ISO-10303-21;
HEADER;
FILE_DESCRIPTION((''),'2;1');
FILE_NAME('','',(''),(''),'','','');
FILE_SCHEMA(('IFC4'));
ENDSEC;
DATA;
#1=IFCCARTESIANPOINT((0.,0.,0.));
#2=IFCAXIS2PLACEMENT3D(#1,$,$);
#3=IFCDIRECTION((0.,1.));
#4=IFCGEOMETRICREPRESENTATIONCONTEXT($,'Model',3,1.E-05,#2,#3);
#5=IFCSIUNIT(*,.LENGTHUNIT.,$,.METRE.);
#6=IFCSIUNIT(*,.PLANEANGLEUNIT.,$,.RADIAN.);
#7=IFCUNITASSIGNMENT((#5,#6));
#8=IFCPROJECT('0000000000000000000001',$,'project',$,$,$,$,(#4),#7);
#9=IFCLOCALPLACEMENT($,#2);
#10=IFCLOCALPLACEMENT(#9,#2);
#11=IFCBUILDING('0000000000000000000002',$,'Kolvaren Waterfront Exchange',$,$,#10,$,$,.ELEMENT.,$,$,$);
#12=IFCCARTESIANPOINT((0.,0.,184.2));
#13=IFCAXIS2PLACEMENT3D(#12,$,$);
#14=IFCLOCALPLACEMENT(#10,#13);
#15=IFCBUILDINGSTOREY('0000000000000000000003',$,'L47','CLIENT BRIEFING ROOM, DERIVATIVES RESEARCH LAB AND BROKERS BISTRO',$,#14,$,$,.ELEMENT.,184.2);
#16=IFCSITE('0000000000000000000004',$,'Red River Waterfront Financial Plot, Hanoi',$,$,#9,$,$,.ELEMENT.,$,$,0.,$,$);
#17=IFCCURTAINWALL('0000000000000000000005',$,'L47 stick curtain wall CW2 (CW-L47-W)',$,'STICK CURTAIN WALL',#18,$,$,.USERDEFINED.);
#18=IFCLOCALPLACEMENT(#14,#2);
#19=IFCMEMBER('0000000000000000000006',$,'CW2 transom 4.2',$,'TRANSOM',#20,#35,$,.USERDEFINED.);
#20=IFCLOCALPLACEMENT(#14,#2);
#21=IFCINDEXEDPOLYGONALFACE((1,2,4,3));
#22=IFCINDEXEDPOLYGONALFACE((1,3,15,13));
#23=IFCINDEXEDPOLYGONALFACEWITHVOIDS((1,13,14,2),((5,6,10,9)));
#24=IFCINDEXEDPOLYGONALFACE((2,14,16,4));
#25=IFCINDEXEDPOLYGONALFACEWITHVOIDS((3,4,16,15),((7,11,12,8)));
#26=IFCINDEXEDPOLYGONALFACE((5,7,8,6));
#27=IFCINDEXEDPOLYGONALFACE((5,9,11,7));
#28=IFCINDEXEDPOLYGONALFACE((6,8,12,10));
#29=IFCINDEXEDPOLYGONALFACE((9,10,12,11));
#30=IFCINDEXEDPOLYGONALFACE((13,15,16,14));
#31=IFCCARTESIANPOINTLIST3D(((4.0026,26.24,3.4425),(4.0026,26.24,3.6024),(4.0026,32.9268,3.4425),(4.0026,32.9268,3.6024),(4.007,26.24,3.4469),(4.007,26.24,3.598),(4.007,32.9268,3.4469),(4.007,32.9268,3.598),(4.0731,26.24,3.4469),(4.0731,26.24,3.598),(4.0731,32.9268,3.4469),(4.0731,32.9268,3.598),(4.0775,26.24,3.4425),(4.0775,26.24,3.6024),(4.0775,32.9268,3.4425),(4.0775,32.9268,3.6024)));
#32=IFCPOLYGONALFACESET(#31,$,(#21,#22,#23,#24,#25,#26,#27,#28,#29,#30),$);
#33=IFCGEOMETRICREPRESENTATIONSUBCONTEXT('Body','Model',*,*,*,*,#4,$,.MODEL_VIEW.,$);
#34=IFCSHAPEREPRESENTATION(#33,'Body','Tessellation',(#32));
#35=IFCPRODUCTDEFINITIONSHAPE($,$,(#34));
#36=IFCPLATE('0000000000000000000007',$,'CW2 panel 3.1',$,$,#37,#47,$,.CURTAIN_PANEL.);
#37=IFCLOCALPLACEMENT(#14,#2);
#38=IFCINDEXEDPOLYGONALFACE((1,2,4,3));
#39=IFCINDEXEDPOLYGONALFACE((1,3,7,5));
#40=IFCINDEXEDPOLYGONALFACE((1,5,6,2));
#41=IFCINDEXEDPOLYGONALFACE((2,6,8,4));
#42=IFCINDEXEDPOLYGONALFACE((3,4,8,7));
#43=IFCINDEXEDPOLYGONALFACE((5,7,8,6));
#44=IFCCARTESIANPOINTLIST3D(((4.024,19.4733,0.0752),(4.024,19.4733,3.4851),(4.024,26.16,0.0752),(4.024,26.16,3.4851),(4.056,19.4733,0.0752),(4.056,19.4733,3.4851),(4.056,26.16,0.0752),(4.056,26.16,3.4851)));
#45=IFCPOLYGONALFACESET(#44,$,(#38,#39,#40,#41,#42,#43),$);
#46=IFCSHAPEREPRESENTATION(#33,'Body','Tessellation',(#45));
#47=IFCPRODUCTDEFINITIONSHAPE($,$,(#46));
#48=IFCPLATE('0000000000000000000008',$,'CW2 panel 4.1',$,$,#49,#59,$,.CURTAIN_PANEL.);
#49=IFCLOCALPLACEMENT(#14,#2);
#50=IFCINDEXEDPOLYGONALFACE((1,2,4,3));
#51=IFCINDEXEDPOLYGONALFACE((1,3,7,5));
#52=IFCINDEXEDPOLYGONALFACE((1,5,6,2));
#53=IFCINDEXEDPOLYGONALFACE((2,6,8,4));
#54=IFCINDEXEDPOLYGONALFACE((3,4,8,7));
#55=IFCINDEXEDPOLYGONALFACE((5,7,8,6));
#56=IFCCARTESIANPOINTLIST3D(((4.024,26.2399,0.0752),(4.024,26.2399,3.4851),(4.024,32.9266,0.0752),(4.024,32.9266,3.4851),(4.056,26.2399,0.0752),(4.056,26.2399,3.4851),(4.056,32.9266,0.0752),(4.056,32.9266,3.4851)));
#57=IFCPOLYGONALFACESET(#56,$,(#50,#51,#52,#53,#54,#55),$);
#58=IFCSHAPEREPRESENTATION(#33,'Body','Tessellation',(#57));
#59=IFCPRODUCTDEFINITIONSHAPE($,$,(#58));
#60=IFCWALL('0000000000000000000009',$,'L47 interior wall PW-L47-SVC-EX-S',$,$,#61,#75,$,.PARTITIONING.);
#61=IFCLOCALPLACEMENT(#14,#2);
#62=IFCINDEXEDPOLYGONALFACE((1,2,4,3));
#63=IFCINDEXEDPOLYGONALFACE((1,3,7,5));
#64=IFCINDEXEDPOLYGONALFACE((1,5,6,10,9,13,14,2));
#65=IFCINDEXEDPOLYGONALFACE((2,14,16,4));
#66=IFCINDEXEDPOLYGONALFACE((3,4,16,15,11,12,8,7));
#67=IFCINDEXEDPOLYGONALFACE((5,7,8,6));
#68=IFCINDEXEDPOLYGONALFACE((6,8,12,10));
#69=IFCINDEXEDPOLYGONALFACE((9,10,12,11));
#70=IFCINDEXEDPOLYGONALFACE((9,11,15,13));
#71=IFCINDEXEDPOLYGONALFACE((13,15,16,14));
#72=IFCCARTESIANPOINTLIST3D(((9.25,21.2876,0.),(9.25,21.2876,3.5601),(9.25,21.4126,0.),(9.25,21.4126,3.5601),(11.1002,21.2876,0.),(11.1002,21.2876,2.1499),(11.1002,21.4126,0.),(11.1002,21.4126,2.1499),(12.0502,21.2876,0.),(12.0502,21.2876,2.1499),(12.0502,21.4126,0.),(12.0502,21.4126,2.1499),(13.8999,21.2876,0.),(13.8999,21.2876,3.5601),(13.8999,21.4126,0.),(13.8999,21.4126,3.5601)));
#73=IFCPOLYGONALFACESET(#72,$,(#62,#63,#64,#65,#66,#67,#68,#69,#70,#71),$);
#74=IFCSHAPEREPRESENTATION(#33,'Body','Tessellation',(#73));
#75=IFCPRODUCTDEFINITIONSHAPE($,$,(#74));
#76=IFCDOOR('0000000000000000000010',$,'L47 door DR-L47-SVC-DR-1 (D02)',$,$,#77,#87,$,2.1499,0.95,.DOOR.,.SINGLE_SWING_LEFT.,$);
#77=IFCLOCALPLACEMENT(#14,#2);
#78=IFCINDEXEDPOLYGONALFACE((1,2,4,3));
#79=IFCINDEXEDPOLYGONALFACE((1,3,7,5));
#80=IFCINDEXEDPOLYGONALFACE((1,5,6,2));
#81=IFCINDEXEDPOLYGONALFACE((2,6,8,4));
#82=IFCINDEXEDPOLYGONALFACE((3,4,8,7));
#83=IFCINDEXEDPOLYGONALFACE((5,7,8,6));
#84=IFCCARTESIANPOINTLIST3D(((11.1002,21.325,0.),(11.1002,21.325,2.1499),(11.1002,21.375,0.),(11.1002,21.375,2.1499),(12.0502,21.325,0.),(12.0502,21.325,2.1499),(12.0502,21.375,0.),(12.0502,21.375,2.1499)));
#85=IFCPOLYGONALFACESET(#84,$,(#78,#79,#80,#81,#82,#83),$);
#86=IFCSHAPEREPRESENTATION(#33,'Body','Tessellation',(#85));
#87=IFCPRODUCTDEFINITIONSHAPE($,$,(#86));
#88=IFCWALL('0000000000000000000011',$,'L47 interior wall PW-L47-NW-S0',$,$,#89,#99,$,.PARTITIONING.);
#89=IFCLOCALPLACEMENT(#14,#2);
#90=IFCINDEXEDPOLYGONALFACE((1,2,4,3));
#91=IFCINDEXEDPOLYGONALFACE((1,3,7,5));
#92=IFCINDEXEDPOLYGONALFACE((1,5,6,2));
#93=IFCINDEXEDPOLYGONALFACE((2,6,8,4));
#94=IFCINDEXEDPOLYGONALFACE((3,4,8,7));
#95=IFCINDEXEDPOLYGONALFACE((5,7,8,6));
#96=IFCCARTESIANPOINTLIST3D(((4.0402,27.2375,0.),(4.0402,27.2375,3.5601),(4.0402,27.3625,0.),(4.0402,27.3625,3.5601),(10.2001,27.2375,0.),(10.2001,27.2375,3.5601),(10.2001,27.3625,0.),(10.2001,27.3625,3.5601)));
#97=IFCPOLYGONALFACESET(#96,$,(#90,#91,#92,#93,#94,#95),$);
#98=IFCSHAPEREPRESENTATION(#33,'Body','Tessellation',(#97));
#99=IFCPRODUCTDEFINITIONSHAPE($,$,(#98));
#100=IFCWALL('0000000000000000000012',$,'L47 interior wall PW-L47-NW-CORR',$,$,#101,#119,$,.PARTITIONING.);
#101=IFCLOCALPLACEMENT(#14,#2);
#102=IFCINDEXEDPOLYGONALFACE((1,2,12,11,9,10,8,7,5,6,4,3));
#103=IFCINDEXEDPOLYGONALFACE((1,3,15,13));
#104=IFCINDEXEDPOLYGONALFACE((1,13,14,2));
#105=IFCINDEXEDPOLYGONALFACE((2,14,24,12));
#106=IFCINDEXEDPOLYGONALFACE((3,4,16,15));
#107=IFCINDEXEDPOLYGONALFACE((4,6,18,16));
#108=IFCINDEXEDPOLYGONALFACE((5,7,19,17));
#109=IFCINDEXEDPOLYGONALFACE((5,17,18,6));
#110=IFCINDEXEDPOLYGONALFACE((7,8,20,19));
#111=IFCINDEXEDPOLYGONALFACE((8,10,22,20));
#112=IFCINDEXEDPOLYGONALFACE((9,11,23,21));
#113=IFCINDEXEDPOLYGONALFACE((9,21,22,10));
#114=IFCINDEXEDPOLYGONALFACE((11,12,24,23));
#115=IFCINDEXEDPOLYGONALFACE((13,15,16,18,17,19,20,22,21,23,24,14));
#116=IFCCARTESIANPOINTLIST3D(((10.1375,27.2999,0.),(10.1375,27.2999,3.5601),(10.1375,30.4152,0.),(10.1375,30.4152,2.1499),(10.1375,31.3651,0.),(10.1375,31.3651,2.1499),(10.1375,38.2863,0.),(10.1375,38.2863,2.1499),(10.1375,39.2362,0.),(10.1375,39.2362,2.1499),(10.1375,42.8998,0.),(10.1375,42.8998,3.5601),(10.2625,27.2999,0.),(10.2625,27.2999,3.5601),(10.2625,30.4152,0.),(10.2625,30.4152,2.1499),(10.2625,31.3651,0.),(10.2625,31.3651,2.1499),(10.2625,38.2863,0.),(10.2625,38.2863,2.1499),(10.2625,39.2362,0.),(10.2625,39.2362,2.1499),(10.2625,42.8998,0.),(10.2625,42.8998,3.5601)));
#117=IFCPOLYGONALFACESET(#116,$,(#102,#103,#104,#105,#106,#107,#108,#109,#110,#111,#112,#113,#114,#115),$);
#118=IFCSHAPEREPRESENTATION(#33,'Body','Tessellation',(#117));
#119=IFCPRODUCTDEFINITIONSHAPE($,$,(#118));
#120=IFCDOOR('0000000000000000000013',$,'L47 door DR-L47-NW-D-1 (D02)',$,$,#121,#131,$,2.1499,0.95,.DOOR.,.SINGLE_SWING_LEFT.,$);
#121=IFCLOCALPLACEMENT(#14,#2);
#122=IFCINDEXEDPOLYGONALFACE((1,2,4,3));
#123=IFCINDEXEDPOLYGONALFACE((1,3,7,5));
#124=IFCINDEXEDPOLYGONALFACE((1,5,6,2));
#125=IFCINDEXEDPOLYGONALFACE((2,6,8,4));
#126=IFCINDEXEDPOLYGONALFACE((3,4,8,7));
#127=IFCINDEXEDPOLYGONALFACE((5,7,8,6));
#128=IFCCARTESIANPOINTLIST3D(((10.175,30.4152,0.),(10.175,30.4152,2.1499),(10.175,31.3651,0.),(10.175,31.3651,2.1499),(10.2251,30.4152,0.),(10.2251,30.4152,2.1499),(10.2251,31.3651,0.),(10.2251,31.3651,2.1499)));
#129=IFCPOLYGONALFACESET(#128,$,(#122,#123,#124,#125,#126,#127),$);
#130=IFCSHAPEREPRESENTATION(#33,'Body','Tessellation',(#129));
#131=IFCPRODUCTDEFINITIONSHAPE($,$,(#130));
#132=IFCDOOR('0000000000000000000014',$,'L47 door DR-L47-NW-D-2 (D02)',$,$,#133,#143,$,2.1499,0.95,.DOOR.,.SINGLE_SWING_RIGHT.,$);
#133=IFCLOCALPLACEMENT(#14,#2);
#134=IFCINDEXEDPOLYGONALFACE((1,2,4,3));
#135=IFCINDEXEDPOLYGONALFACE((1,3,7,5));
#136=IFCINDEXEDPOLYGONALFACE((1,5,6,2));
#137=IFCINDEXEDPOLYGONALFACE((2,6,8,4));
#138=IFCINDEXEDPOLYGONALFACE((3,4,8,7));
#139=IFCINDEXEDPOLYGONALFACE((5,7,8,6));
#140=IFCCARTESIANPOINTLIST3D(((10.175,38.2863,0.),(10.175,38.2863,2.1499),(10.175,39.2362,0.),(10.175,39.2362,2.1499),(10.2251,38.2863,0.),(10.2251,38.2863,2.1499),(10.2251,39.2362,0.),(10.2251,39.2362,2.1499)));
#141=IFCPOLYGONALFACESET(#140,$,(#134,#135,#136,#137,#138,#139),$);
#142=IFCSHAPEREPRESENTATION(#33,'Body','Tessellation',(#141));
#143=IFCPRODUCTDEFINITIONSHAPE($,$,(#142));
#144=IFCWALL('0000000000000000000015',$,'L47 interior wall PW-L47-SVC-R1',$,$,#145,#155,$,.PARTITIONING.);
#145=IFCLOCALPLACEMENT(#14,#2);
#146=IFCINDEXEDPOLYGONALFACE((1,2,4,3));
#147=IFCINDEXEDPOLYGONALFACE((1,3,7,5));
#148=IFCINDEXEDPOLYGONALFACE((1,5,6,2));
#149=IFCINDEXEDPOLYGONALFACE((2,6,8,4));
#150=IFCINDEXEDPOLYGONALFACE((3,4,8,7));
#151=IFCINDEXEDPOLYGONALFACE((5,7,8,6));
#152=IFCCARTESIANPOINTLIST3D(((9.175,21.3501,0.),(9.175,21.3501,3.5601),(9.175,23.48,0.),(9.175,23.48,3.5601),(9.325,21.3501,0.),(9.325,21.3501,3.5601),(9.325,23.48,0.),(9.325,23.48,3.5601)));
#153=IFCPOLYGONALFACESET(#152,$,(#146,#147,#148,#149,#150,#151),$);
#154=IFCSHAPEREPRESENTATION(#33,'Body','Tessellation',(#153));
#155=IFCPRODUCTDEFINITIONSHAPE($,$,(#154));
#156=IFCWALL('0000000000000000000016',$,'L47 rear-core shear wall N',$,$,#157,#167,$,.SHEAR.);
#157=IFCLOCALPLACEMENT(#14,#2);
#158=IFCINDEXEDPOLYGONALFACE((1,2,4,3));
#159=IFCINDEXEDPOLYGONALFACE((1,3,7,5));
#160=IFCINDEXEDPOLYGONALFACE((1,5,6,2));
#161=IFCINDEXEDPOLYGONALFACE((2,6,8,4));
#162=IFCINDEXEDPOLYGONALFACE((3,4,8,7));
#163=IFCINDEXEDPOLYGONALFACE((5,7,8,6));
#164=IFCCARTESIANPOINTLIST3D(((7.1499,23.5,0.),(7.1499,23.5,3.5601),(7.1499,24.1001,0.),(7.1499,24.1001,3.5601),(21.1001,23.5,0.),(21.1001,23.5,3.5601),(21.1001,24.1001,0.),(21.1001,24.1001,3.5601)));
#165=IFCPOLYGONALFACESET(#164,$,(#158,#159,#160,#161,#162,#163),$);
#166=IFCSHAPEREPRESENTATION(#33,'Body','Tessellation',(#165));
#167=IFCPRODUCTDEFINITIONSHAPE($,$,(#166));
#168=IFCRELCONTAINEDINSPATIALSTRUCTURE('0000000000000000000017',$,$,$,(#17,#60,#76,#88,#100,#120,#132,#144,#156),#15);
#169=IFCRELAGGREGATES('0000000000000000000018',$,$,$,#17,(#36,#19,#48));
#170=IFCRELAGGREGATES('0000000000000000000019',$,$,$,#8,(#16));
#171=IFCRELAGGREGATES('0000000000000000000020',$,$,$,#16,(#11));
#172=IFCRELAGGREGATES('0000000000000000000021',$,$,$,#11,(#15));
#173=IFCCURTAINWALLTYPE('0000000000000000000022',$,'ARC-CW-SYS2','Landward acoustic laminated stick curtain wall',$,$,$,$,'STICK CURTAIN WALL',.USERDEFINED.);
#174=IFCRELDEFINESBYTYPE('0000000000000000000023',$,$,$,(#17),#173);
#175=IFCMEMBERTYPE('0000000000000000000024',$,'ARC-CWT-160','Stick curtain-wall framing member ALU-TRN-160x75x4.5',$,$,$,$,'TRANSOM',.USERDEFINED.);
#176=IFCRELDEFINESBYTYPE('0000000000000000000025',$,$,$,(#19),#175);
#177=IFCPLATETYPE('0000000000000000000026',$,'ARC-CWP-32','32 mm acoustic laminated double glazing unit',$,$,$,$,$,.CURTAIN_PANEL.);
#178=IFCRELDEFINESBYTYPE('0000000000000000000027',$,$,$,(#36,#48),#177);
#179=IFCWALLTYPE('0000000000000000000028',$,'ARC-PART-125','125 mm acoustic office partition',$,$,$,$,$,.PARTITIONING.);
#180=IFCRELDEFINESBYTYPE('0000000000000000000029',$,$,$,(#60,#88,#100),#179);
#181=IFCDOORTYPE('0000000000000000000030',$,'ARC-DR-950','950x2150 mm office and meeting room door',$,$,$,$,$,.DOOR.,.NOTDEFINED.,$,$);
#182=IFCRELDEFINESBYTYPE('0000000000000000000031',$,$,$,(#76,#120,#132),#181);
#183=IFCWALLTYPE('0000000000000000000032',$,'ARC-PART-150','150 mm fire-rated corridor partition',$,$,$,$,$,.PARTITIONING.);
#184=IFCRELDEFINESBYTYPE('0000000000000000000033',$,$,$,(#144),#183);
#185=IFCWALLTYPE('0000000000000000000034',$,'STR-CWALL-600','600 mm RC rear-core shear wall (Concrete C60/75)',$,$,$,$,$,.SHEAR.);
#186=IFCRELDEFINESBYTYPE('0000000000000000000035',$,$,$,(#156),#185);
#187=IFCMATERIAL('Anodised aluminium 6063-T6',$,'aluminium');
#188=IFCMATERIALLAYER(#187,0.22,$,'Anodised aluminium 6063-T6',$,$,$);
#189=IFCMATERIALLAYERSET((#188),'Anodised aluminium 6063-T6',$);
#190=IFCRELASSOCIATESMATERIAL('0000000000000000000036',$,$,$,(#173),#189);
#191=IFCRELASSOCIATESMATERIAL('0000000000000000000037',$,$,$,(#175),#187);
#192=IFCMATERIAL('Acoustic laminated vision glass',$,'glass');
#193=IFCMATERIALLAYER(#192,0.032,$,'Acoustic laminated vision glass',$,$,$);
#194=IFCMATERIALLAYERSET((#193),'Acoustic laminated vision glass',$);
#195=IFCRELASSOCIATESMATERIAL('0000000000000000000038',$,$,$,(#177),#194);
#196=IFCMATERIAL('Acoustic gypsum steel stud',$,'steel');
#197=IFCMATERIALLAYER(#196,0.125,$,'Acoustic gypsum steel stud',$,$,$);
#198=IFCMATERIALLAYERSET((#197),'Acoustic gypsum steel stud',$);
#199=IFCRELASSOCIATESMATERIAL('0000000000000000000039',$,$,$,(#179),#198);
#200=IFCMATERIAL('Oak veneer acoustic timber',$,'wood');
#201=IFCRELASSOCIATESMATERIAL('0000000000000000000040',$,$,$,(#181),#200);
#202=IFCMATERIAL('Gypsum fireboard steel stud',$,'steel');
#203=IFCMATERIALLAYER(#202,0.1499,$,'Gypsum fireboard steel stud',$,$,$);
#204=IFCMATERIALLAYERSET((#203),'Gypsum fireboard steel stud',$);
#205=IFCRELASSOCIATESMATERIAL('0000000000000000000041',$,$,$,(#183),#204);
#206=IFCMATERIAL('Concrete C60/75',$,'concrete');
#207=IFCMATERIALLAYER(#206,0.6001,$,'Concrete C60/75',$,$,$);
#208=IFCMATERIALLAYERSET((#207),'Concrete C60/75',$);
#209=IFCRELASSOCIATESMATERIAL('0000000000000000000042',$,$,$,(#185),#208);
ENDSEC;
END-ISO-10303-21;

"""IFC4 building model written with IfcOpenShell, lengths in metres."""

from ifc_helpers import new_model, si_unit, direction, frame, frame_2d, origin, origin_with_axes, origin_2d, place, context, subcontext, project, spatial, rectangle, hollow_rectangle, extrude, source, transform, mapped, material, layer, layer_set, material_profile, profile_set, type_object, element, fill, aggregate, save


model = new_model("IFC4")

# Units and contexts
model_context = context("Model", 3, precision=1e-05, world=origin(), true_north=direction((0.0, 1.0)))
body_context = subcontext(model_context, "Body", "Model", "MODEL_VIEW")
ifc_project = project(units=[si_unit("LENGTHUNIT", "METRE"), si_unit("PLANEANGLEUNIT", "RADIAN")], contexts=[model_context])

# Site, building, storey
site_placement = place(None, origin())
site = spatial("IfcSite", under=ifc_project, at=site_placement, Name="Red River Waterfront Financial Plot, Hanoi", CompositionType="ELEMENT", RefElevation=0.0)
building_placement = place(site_placement, origin())
building = spatial("IfcBuilding", under=site, at=building_placement, Name="Kolvaren Waterfront Exchange", CompositionType="ELEMENT")
storey_placement = place(building_placement, frame((0.0, 0.0, 184.2)))
storey = spatial("IfcBuildingStorey", under=building, at=storey_placement, Name="L47", Description="CLIENT BRIEFING ROOM, DERIVATIVES RESEARCH LAB AND BROKERS BISTRO", CompositionType="ELEMENT", Elevation=184.2)

# Shared definitions
ifc_material_1 = material(Name="Concrete C60/75", Category="concrete")

# Curtain wall, member, plates
ifc_material_2 = material(Name="Anodised aluminium 6063-T6", Category="aluminium")
ifc_layer_1 = layer(ifc_material_2, 0.22, Name="Anodised aluminium 6063-T6")
ifc_layer_set_1 = layer_set([ifc_layer_1], Name="Anodised aluminium 6063-T6")
curtain_wall_type = type_object("IfcCurtainWallType", Name="ARC-CW-SYS2", Description="Landward acoustic laminated stick curtain wall", ElementType="STICK CURTAIN WALL", PredefinedType="USERDEFINED", material=ifc_layer_set_1)
curtain_wall_placement = place(storey_placement, origin())
curtain_wall = element("IfcCurtainWall", 1, at=curtain_wall_placement, inside=storey, type_object=curtain_wall_type, Name="L47 stick curtain wall CW2 (CW-L47-W)", ObjectType="STICK CURTAIN WALL", PredefinedType="USERDEFINED")
ifc_material_profile_1 = material_profile(ifc_material_2, hollow_rectangle(XDim=0.075, YDim=0.1599, WallThickness=0.0044, at=origin_2d()), Name="ALU-TRN-160x75x4.5")
ifc_profile_set_1 = profile_set([ifc_material_profile_1], Name="Anodised aluminium 6063-T6")
member_type_1 = type_object("IfcMemberType", Name="ARC-CWT-160", Description="Stick curtain-wall framing member ALU-TRN-160x75x4.5", ElementType="TRANSOM", PredefinedType="USERDEFINED", material=ifc_profile_set_1)
shared_shape_1 = source(origin_with_axes(), body_context, "Body", "SweptSolid", [
    extrude(hollow_rectangle(XDim=0.075, YDim=0.1599, WallThickness=0.0044, at=origin_2d()), origin(), (0.0, 0.0, 1.0), 6.6868),
])
member_1_placement = place(storey_placement, frame((4.04, 26.24, 3.5225), z_axis=(0.0, 1.0, 0.0), x_axis=(-1.0, 0.0, 0.0)))
member_1 = element("IfcMember", 2, at=member_1_placement, type_object=member_type_1, Name="CW2 transom 4.2", ObjectType="TRANSOM", PredefinedType="USERDEFINED", context=body_context, shape_type="MappedRepresentation", body=[
    mapped(shared_shape_1, transform((0.0, 0.0, 0.0), x_axis=(1.0, 0.0, 0.0), y_axis=(0.0, 1.0, 0.0), z_axis=(0.0, 0.0, 1.0), scale=1.0)),
])
ifc_material_3 = material(Name="Acoustic laminated vision glass", Category="glass")
ifc_layer_2 = layer(ifc_material_3, 0.032, Name="Acoustic laminated vision glass")
ifc_layer_set_2 = layer_set([ifc_layer_2], Name="Acoustic laminated vision glass")
plate_type = type_object("IfcPlateType", Name="ARC-CWP-32", Description="32 mm acoustic laminated double glazing unit", PredefinedType="CURTAIN_PANEL", material=ifc_layer_set_2)
shared_shape_2 = source(origin_with_axes(), body_context, "Body", "SweptSolid", [
    extrude(rectangle(XDim=6.6868, YDim=0.032, at=origin_2d()), origin(), (0.0, 0.0, 1.0), 3.4099),
])
plate_1_placement = place(storey_placement, frame((4.04, 22.8167, 0.0752), z_axis=(0.0, 0.0, 1.0), x_axis=(0.0, 1.0, 0.0)))
plate_1 = element("IfcPlate", 3, at=plate_1_placement, type_object=plate_type, Name="CW2 panel 3.1", PredefinedType="CURTAIN_PANEL", context=body_context, shape_type="MappedRepresentation", body=[
    mapped(shared_shape_2, transform((0.0, 0.0, 0.0), x_axis=(1.0, 0.0, 0.0), y_axis=(0.0, 1.0, 0.0), z_axis=(0.0, 0.0, 1.0), scale=1.0)),
])
plate_2_placement = place(storey_placement, frame((4.04, 29.5833, 0.0752), z_axis=(0.0, 0.0, 1.0), x_axis=(0.0, 1.0, 0.0)))
plate_2 = element("IfcPlate", 4, at=plate_2_placement, type_object=plate_type, Name="CW2 panel 4.1", PredefinedType="CURTAIN_PANEL", context=body_context, shape_type="MappedRepresentation", body=[
    mapped(shared_shape_2, transform((0.0, 0.0, 0.0), x_axis=(1.0, 0.0, 0.0), y_axis=(0.0, 1.0, 0.0), z_axis=(0.0, 0.0, 1.0), scale=1.0)),
])
aggregate(curtain_wall, [plate_1, member_1, plate_2])

# Wall, opening, door
ifc_material_4 = material(Name="Acoustic gypsum steel stud", Category="steel")
ifc_layer_3 = layer(ifc_material_4, 0.125, Name="Acoustic gypsum steel stud")
ifc_layer_set_3 = layer_set([ifc_layer_3], Name="Acoustic gypsum steel stud")
wall_type_1 = type_object("IfcWallType", Name="ARC-PART-125", Description="125 mm acoustic office partition", PredefinedType="PARTITIONING", material=ifc_layer_set_3)
wall_1_placement = place(storey_placement, frame((9.25, 21.3501, 0.0), z_axis=(0.0, 0.0, 1.0), x_axis=(1.0, 0.0, 0.0)))
wall_1 = element("IfcWall", 5, at=wall_1_placement, inside=storey, type_object=wall_type_1, Name="L47 interior wall PW-L47-SVC-EX-S", PredefinedType="PARTITIONING", context=body_context, shape_type="SweptSolid", body=[
    extrude(rectangle(XDim=4.6499, YDim=0.125, at=frame_2d((2.325, 0.0))), origin(), (0.0, 0.0, 1.0), 3.5601),
])
opening_1_placement = place(wall_1_placement, frame((1.8501, 0.0, 0.0)))
opening_1 = element("IfcOpeningElement", 6, at=opening_1_placement, cuts=wall_1, PredefinedType="OPENING", context=body_context, shape_type="SweptSolid", body=[
    extrude(rectangle(XDim=0.95, YDim=2.1499, at=frame_2d((0.4751, 1.075))), frame((0.0, 0.0725, 0.0), z_axis=(0.0, -1.0, 0.0), x_axis=(1.0, 0.0, 0.0)), (0.0, 0.0, 1.0), 0.145),
])
ifc_material_5 = material(Name="Oak veneer acoustic timber", Category="wood")
door_type_1 = type_object("IfcDoorType", Name="ARC-DR-950", Description="950x2150 mm office and meeting room door", OperationType="NOTDEFINED", PredefinedType="DOOR", material=ifc_material_5)
door_1_placement = place(opening_1_placement, origin())
door_1 = element("IfcDoor", 7, at=door_1_placement, inside=storey, type_object=door_type_1, Name="L47 door DR-L47-SVC-DR-1 (D02)", OperationType="SINGLE_SWING_LEFT", OverallHeight=2.1499, OverallWidth=0.95, PredefinedType="DOOR", context=body_context, shape_type="SweptSolid", body=[
    extrude(rectangle(XDim=0.95, YDim=2.1499, at=frame_2d((0.4751, 1.075))), frame((0.0, 0.0249, 0.0), z_axis=(0.0, -1.0, 0.0), x_axis=(1.0, 0.0, 0.0)), (0.0, 0.0, 1.0), 0.05),
])
fill(opening_1, door_1)

# Wall
wall_2_placement = place(storey_placement, frame((4.04, 27.3, 0.0), z_axis=(0.0, 0.0, 1.0), x_axis=(1.0, 0.0, 0.0)))
element("IfcWall", 8, at=wall_2_placement, inside=storey, type_object=wall_type_1, Name="L47 interior wall PW-L47-NW-S0", PredefinedType="PARTITIONING", context=body_context, shape_type="SweptSolid", body=[
    extrude(rectangle(XDim=6.1599, YDim=0.125, at=frame_2d((3.0801, 0.0))), origin(), (0.0, 0.0, 1.0), 3.5601),
])

# Wall, openings, doors
wall_3_placement = place(storey_placement, frame((10.2, 27.3, 0.0), z_axis=(0.0, 0.0, 1.0), x_axis=(0.0, 1.0, 0.0)))
wall_3 = element("IfcWall", 9, at=wall_3_placement, inside=storey, type_object=wall_type_1, Name="L47 interior wall PW-L47-NW-CORR", PredefinedType="PARTITIONING", context=body_context, shape_type="SweptSolid", body=[
    extrude(rectangle(XDim=15.5999, YDim=0.125, at=frame_2d((7.7998, 0.0))), origin(), (0.0, 0.0, 1.0), 3.5601),
])
opening_2_placement = place(wall_3_placement, frame((3.115, 0.0, 0.0)))
opening_2 = element("IfcOpeningElement", 10, at=opening_2_placement, cuts=wall_3, PredefinedType="OPENING", context=body_context, shape_type="SweptSolid", body=[
    extrude(rectangle(XDim=0.95, YDim=2.1499, at=frame_2d((0.4751, 1.075))), frame((0.0, 0.0725, 0.0), z_axis=(0.0, -1.0, 0.0), x_axis=(1.0, 0.0, 0.0)), (0.0, 0.0, 1.0), 0.145),
])
opening_3_placement = place(wall_3_placement, frame((10.9861, 0.0, 0.0)))
opening_3 = element("IfcOpeningElement", 11, at=opening_3_placement, cuts=wall_3, PredefinedType="OPENING", context=body_context, shape_type="SweptSolid", body=[
    extrude(rectangle(XDim=0.95, YDim=2.1499, at=frame_2d((0.4751, 1.075))), frame((0.0, 0.0725, 0.0), z_axis=(0.0, -1.0, 0.0), x_axis=(1.0, 0.0, 0.0)), (0.0, 0.0, 1.0), 0.145),
])
door_2_placement = place(opening_2_placement, origin())
door_2 = element("IfcDoor", 12, at=door_2_placement, inside=storey, type_object=door_type_1, Name="L47 door DR-L47-NW-D-1 (D02)", OperationType="SINGLE_SWING_LEFT", OverallHeight=2.1499, OverallWidth=0.95, PredefinedType="DOOR", context=body_context, shape_type="SweptSolid", body=[
    extrude(rectangle(XDim=0.95, YDim=2.1499, at=frame_2d((0.4751, 1.075))), frame((0.0, 0.0249, 0.0), z_axis=(0.0, -1.0, 0.0), x_axis=(1.0, 0.0, 0.0)), (0.0, 0.0, 1.0), 0.05),
])
fill(opening_2, door_2)
door_3_placement = place(opening_3_placement, origin())
door_3 = element("IfcDoor", 13, at=door_3_placement, inside=storey, type_object=door_type_1, Name="L47 door DR-L47-NW-D-2 (D02)", OperationType="SINGLE_SWING_RIGHT", OverallHeight=2.1499, OverallWidth=0.95, PredefinedType="DOOR", context=body_context, shape_type="SweptSolid", body=[
    extrude(rectangle(XDim=0.95, YDim=2.1499, at=frame_2d((0.4751, 1.075))), frame((0.0, 0.0249, 0.0), z_axis=(0.0, -1.0, 0.0), x_axis=(1.0, 0.0, 0.0)), (0.0, 0.0, 1.0), 0.05),
])
fill(opening_3, door_3)

# Wall
ifc_material_6 = material(Name="Gypsum fireboard steel stud", Category="steel")
ifc_layer_4 = layer(ifc_material_6, 0.1499, Name="Gypsum fireboard steel stud")
ifc_layer_set_4 = layer_set([ifc_layer_4], Name="Gypsum fireboard steel stud")
wall_type_2 = type_object("IfcWallType", Name="ARC-PART-150", Description="150 mm fire-rated corridor partition", PredefinedType="PARTITIONING", material=ifc_layer_set_4)
wall_4_placement = place(storey_placement, frame((9.25, 21.3501, 0.0), z_axis=(0.0, 0.0, 1.0), x_axis=(0.0, 1.0, 0.0)))
element("IfcWall", 14, at=wall_4_placement, inside=storey, type_object=wall_type_2, Name="L47 interior wall PW-L47-SVC-R1", PredefinedType="PARTITIONING", context=body_context, shape_type="SweptSolid", body=[
    extrude(rectangle(XDim=2.1299, YDim=0.1499, at=frame_2d((1.0649, 0.0))), origin(), (0.0, 0.0, 1.0), 3.5601),
])

# Wall
ifc_layer_5 = layer(ifc_material_1, 0.6001, Name="Concrete C60/75")
ifc_layer_set_5 = layer_set([ifc_layer_5], Name="Concrete C60/75")
wall_type_3 = type_object("IfcWallType", Name="STR-CWALL-600", Description="600 mm RC rear-core shear wall (Concrete C60/75)", PredefinedType="SHEAR", material=ifc_layer_set_5)
wall_5_placement = place(storey_placement, frame((7.1499, 23.8, 0.0), z_axis=(0.0, 0.0, 1.0), x_axis=(1.0, 0.0, 0.0)))
element("IfcWall", 15, at=wall_5_placement, inside=storey, type_object=wall_type_3, Name="L47 rear-core shear wall N", PredefinedType="SHEAR", context=body_context, shape_type="SweptSolid", body=[
    extrude(rectangle(XDim=13.9502, YDim=0.6001, at=frame_2d((6.9751, 0.0))), origin(), (0.0, 0.0, 1.0), 3.5601),
])

save(model, "model.ifc")
